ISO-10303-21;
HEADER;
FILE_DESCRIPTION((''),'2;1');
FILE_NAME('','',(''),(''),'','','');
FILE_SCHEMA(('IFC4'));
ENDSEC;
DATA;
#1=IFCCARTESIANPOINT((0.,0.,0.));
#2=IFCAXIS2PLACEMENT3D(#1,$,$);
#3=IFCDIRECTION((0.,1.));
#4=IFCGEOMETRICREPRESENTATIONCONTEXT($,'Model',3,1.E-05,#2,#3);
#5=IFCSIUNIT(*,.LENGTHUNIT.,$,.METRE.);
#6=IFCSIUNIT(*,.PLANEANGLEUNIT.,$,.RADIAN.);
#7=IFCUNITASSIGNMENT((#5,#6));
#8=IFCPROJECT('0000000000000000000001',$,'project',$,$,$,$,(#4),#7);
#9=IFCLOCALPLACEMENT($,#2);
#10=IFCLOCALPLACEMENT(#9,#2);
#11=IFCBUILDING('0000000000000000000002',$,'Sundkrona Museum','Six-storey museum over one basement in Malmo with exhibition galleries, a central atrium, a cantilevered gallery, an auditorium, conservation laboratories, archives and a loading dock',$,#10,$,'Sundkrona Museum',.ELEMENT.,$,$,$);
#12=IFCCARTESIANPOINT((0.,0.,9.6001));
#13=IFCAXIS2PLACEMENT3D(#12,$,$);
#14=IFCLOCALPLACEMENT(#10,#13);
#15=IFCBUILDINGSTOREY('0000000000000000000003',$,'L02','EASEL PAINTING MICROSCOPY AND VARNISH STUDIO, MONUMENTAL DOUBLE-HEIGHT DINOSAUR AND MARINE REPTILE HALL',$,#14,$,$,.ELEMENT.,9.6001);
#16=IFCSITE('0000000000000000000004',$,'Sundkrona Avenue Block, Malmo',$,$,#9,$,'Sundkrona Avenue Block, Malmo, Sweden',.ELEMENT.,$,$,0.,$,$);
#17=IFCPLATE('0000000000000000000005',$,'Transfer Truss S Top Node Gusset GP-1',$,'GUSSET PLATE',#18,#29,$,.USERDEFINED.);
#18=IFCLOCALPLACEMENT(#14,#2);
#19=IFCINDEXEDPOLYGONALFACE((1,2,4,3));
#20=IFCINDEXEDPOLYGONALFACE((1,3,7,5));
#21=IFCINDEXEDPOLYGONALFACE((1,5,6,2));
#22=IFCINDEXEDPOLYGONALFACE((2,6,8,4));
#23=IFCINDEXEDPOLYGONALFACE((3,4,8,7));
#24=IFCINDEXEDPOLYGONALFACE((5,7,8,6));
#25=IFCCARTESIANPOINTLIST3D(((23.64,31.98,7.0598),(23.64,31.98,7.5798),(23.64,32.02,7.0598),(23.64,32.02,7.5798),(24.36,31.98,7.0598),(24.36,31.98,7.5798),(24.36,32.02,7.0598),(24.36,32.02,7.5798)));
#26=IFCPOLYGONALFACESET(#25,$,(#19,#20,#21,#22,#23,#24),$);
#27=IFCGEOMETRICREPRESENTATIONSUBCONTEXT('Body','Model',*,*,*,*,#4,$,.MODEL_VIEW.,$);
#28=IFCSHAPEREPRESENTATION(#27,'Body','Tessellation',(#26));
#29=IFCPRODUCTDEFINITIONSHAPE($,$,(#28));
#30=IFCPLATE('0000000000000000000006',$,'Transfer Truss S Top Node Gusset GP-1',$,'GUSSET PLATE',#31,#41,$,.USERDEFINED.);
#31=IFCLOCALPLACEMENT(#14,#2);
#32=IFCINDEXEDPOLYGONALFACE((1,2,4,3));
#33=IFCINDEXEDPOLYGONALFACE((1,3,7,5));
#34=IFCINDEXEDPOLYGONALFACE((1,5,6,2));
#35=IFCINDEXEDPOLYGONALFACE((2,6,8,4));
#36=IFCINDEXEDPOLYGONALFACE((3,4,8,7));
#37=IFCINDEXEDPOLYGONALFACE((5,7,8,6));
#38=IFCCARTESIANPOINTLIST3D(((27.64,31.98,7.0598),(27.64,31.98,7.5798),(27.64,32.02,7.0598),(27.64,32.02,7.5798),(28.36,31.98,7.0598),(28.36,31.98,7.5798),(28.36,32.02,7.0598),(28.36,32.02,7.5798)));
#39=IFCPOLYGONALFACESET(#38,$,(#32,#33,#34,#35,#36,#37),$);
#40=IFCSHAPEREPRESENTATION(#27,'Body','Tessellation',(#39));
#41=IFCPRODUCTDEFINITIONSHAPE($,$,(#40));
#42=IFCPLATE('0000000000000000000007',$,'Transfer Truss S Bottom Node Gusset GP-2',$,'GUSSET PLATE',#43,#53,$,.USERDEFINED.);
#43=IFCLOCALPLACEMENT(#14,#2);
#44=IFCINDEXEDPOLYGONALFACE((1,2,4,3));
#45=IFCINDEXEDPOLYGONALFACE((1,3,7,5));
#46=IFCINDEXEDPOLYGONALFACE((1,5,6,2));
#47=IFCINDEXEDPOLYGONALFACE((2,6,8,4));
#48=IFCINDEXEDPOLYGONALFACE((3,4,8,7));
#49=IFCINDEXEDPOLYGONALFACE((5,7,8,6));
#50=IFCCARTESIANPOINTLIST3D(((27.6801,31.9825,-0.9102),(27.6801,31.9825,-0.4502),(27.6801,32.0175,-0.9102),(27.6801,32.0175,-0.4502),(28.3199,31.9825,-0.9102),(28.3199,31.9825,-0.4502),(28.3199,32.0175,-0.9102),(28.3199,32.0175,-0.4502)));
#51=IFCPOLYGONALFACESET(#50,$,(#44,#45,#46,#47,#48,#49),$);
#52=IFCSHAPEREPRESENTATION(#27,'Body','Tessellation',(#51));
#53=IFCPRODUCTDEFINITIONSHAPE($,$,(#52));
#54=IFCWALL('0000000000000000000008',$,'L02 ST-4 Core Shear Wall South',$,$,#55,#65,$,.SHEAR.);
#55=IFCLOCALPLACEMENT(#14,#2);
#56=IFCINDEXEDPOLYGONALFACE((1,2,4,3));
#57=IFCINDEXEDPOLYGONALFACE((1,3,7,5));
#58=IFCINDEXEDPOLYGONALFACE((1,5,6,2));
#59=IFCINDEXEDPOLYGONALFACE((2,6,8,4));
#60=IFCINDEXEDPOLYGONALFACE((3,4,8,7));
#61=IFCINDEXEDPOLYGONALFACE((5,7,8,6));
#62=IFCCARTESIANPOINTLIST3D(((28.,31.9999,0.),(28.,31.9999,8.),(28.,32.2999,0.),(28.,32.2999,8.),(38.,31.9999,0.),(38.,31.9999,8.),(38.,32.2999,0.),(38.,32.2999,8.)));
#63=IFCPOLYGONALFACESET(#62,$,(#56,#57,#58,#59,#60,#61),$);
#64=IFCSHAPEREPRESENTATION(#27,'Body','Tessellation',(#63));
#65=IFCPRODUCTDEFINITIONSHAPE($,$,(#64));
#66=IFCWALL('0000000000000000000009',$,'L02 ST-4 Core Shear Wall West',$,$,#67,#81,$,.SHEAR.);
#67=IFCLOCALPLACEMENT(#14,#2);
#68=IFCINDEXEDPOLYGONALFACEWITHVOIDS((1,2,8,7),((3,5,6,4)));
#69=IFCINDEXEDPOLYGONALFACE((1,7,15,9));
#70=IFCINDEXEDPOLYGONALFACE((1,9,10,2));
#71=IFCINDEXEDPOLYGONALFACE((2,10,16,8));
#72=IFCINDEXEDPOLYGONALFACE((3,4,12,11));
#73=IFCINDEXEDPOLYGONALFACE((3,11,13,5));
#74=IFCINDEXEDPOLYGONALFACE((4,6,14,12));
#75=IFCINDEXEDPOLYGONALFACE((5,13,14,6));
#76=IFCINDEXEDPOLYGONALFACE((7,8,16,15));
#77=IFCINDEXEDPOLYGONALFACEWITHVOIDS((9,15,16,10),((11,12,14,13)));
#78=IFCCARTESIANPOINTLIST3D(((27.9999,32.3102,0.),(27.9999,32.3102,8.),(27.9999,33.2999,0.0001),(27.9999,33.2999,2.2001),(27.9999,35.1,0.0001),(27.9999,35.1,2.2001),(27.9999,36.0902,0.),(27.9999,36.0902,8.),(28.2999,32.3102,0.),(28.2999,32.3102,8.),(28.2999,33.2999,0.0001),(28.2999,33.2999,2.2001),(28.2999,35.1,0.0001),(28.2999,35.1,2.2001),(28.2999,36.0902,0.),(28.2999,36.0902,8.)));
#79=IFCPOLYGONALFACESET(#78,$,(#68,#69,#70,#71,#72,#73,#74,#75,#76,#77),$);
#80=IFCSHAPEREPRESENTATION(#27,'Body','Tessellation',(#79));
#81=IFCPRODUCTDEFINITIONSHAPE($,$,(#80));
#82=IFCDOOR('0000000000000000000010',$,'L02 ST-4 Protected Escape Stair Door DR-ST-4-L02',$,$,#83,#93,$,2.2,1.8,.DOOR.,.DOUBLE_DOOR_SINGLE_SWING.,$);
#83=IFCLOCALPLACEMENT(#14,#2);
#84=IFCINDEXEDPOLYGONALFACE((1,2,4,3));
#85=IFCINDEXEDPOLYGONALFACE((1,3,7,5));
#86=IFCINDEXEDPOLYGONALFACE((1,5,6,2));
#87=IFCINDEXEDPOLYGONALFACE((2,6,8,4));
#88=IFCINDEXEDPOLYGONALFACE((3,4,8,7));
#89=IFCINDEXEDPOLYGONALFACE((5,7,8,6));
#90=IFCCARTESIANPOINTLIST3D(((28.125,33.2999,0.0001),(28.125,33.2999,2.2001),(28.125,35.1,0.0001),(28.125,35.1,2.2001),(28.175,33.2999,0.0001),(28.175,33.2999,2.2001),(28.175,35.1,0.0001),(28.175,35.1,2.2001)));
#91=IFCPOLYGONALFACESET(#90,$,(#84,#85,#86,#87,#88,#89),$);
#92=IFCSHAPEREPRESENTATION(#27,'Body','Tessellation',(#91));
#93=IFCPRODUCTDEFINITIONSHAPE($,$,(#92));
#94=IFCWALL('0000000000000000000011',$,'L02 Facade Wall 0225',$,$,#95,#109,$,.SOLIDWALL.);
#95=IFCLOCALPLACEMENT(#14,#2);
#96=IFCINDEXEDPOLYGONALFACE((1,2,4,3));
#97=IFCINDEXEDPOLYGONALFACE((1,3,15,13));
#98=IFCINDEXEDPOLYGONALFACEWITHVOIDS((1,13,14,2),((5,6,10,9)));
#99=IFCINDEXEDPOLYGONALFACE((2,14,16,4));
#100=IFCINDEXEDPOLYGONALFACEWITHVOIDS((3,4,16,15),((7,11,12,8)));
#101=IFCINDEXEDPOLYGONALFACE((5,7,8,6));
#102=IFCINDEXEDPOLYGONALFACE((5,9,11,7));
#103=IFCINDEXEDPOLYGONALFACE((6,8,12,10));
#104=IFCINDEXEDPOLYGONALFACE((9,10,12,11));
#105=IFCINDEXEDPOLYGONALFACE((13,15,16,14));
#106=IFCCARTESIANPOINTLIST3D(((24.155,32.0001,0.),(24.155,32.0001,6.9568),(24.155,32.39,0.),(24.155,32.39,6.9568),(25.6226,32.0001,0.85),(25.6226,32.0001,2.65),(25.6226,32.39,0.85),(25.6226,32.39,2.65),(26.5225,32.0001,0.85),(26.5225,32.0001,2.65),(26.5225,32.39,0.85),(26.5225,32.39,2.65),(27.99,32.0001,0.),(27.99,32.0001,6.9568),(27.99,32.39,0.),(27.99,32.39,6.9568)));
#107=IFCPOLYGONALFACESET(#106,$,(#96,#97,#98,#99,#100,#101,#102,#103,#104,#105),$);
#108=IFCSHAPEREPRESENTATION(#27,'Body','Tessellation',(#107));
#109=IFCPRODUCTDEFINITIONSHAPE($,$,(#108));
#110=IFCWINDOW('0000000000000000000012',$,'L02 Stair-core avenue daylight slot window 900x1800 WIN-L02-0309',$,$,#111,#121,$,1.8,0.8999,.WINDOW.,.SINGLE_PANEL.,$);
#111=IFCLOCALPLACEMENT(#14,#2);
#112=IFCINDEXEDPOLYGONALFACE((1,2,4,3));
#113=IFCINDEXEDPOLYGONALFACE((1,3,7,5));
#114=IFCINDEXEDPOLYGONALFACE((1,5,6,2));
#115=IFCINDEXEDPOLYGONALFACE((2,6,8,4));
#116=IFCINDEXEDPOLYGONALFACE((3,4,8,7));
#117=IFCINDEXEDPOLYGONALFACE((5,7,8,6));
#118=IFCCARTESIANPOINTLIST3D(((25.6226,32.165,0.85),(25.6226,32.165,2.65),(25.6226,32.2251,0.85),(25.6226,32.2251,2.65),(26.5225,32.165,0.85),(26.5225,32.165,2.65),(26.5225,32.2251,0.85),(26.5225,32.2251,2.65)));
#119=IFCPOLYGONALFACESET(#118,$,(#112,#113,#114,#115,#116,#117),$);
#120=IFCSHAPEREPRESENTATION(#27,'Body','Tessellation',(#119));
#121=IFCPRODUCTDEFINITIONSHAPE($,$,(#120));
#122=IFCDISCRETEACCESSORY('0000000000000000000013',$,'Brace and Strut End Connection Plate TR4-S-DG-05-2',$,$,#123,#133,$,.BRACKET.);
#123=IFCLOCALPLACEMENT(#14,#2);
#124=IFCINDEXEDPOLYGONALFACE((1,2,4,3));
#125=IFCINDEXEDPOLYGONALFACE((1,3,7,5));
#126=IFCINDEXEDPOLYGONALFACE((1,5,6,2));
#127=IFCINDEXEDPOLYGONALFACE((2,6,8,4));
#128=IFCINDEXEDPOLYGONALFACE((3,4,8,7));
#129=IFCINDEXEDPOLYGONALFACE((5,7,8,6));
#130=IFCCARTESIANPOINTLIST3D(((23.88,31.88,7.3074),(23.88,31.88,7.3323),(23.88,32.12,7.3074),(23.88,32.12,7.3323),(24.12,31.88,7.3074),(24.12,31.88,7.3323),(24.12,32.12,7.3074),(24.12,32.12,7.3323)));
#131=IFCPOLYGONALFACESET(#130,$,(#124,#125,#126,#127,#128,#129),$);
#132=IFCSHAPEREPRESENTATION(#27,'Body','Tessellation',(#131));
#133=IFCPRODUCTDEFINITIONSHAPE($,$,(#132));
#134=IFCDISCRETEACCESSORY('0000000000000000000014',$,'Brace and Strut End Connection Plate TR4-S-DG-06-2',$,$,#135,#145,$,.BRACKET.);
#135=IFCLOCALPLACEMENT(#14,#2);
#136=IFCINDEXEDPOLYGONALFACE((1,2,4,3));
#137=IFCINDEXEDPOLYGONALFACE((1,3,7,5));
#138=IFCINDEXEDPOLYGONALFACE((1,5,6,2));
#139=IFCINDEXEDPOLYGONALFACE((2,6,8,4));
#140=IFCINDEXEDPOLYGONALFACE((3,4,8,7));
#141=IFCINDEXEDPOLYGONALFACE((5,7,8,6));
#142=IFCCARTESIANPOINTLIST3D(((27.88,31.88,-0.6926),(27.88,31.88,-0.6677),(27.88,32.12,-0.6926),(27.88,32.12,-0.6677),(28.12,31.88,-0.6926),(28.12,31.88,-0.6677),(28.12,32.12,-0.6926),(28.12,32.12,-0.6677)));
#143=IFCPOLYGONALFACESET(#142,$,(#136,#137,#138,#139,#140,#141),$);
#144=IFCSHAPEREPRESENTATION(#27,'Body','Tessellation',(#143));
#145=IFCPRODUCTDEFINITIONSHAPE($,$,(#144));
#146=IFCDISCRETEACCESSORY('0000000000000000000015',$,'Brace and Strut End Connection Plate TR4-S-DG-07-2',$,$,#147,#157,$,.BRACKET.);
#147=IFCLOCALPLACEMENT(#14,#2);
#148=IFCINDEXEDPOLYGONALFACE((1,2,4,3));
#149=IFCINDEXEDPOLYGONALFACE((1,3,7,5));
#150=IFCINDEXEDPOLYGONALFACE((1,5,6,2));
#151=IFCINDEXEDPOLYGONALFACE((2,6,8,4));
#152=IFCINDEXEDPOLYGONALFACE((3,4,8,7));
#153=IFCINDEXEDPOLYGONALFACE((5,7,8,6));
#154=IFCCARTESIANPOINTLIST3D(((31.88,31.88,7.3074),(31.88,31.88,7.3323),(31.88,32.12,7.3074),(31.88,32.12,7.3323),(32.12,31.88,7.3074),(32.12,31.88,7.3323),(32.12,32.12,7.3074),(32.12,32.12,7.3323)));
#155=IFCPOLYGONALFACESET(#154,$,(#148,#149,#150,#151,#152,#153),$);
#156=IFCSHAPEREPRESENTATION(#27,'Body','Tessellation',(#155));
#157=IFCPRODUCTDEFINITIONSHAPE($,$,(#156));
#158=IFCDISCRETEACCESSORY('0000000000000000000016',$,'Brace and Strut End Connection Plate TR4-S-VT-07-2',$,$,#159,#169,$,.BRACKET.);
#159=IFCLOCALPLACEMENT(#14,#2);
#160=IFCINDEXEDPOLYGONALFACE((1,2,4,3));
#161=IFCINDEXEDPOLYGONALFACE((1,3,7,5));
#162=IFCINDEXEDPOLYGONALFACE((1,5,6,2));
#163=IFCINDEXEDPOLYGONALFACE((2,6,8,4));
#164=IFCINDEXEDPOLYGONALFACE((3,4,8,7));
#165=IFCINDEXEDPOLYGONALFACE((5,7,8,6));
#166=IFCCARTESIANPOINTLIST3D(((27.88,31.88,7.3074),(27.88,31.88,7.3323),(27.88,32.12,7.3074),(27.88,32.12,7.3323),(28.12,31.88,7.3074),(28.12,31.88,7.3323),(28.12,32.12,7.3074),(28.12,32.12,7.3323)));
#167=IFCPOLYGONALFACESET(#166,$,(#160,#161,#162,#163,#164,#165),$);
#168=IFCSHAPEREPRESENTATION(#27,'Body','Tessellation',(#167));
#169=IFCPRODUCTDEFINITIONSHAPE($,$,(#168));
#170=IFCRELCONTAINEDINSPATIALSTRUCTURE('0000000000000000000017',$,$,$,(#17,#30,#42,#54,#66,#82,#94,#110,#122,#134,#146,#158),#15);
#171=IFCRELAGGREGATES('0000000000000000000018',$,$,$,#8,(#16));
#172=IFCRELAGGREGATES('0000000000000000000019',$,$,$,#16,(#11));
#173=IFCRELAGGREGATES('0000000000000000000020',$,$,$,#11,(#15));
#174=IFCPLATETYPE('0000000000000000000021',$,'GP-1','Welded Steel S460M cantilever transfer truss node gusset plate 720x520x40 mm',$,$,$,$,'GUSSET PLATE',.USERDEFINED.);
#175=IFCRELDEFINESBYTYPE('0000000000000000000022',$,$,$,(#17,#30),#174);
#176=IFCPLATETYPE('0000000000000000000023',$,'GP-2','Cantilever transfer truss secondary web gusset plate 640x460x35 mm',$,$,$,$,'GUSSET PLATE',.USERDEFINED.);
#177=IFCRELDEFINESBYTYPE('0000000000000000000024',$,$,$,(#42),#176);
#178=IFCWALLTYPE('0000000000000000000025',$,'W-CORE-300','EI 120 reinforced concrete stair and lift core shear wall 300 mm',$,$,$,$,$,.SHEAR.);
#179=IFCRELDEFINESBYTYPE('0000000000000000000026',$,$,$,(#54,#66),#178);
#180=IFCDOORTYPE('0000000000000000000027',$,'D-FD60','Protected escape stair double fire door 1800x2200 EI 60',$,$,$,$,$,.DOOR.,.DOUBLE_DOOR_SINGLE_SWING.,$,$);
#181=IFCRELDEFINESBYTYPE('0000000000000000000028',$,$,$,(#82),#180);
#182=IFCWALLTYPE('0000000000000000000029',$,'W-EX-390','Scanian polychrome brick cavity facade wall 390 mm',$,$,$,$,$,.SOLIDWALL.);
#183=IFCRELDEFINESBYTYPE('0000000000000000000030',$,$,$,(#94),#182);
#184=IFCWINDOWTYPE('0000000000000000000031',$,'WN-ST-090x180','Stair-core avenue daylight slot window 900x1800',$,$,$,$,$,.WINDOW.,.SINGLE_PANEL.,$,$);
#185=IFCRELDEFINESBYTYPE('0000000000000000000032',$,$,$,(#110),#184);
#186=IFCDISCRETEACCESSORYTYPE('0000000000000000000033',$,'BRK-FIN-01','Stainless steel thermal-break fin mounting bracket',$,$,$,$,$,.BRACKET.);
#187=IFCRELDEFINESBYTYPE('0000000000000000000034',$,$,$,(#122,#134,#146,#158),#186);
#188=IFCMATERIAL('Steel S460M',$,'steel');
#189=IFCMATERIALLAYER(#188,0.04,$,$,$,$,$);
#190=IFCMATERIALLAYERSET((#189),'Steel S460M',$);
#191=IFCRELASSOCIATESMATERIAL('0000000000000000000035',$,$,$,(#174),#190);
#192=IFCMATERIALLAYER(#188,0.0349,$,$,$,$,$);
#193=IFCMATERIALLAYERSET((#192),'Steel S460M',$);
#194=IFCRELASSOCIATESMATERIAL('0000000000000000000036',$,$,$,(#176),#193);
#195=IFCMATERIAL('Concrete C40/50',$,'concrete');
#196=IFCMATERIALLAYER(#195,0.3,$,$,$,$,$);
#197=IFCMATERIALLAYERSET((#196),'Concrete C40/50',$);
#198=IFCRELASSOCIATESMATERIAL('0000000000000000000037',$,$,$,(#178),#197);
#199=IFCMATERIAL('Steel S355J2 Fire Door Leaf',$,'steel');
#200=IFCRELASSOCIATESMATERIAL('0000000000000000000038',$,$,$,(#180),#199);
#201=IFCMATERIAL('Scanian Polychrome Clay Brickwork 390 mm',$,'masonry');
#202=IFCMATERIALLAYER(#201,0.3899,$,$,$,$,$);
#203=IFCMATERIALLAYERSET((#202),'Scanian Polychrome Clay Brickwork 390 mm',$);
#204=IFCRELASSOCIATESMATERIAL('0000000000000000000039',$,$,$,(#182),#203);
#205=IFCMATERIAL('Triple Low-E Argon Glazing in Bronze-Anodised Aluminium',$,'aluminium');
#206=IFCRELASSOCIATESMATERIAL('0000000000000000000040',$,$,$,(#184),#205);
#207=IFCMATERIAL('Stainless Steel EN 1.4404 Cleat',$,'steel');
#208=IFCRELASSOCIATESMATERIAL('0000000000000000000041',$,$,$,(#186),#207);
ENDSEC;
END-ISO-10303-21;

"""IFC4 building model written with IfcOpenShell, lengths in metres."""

from ifc_helpers import new_model, si_unit, direction, frame, frame_2d, origin, origin_2d, place, context, subcontext, project, spatial, rectangle, extrude, material, layer, layer_set, type_object, element, fill, save


model = new_model("IFC4")

# Units and contexts
model_context = context("Model", 3, precision=1e-05, world=origin(), true_north=direction((0.0, 1.0)))
body_context = subcontext(model_context, "Body", "Model", "MODEL_VIEW")
ifc_project = project(units=[si_unit("LENGTHUNIT", "METRE"), si_unit("PLANEANGLEUNIT", "RADIAN")], contexts=[model_context])

# Site, building, storey
site_placement = place(None, origin())
site = spatial("IfcSite", under=ifc_project, at=site_placement, Name="Sundkrona Avenue Block, Malmo", LongName="Sundkrona Avenue Block, Malmo, Sweden", CompositionType="ELEMENT", RefElevation=0.0)
building_placement = place(site_placement, origin())
building = spatial("IfcBuilding", under=site, at=building_placement, Name="Sundkrona Museum", Description="Six-storey museum over one basement in Malmo with exhibition galleries, a central atrium, a cantilevered gallery, an auditorium, conservation laboratories, archives and a loading dock", LongName="Sundkrona Museum", CompositionType="ELEMENT")
storey_placement = place(building_placement, frame((0.0, 0.0, 9.6001)))
storey = spatial("IfcBuildingStorey", under=building, at=storey_placement, Name="L02", Description="EASEL PAINTING MICROSCOPY AND VARNISH STUDIO, MONUMENTAL DOUBLE-HEIGHT DINOSAUR AND MARINE REPTILE HALL", CompositionType="ELEMENT", Elevation=9.6001)

# Shared definitions
ifc_material_1 = material(Name="Steel S460M", Category="steel")

# Plates
ifc_layer_1 = layer(ifc_material_1, 0.04)
ifc_layer_set_1 = layer_set([ifc_layer_1], Name="Steel S460M")
plate_type_1 = type_object("IfcPlateType", Name="GP-1", Description="Welded Steel S460M cantilever transfer truss node gusset plate 720x520x40 mm", ElementType="GUSSET PLATE", PredefinedType="USERDEFINED", material=ifc_layer_set_1)
for number, where, z_axis, x_axis, name in (
    (1, (24.0, 32.0, 7.0598), (0.0, 0.0, 1.0), (1.0, 0.0, 0.0), "Transfer Truss S Top Node Gusset GP-1"),
    (2, (28.0, 32.0, 7.0598), (0.0, 0.0, 1.0), (1.0, 0.0, 0.0), "Transfer Truss S Top Node Gusset GP-1"),
):
    element("IfcPlate", number, at=place(storey_placement, frame(where, z_axis=z_axis, x_axis=x_axis)), inside=storey, type_object=plate_type_1, Name=name, ObjectType="GUSSET PLATE", PredefinedType="USERDEFINED", context=body_context, shape_type="SweptSolid", body=[
        extrude(rectangle(XDim=0.72, YDim=0.04, at=origin_2d()), origin(), (0.0, 0.0, 1.0), 0.52),
    ])
ifc_layer_2 = layer(ifc_material_1, 0.0349)
ifc_layer_set_2 = layer_set([ifc_layer_2], Name="Steel S460M")
plate_type_2 = type_object("IfcPlateType", Name="GP-2", Description="Cantilever transfer truss secondary web gusset plate 640x460x35 mm", ElementType="GUSSET PLATE", PredefinedType="USERDEFINED", material=ifc_layer_set_2)
plate_placement = place(storey_placement, frame((28.0, 32.0, -0.9102), z_axis=(0.0, 0.0, 1.0), x_axis=(1.0, 0.0, 0.0)))
element("IfcPlate", 3, at=plate_placement, inside=storey, type_object=plate_type_2, Name="Transfer Truss S Bottom Node Gusset GP-2", ObjectType="GUSSET PLATE", PredefinedType="USERDEFINED", context=body_context, shape_type="SweptSolid", body=[
    extrude(rectangle(XDim=0.6399, YDim=0.0349, at=origin_2d()), origin(), (0.0, 0.0, 1.0), 0.46),
])

# Wall
ifc_material_2 = material(Name="Concrete C40/50", Category="concrete")
ifc_layer_3 = layer(ifc_material_2, 0.3)
ifc_layer_set_3 = layer_set([ifc_layer_3], Name="Concrete C40/50")
wall_type_1 = type_object("IfcWallType", Name="W-CORE-300", Description="EI 120 reinforced concrete stair and lift core shear wall 300 mm", PredefinedType="SHEAR", material=ifc_layer_set_3)
wall_1_placement = place(storey_placement, frame((28.0, 32.1499, 0.0), z_axis=(0.0, 0.0, 1.0), x_axis=(1.0, 0.0, 0.0)))
element("IfcWall", 4, at=wall_1_placement, inside=storey, type_object=wall_type_1, Name="L02 ST-4 Core Shear Wall South", PredefinedType="SHEAR", context=body_context, shape_type="SweptSolid", body=[
    extrude(rectangle(XDim=10.0, YDim=0.3, at=frame_2d((5.0, 0.0))), origin(), (0.0, 0.0, 1.0), 8.0),
])

# Wall, opening, door
wall_2_placement = place(storey_placement, frame((28.1499, 32.3101, 0.0), z_axis=(0.0, 0.0, 1.0), x_axis=(0.0, 1.0, 0.0)))
wall_2 = element("IfcWall", 5, at=wall_2_placement, inside=storey, type_object=wall_type_1, Name="L02 ST-4 Core Shear Wall West", PredefinedType="SHEAR", context=body_context, shape_type="SweptSolid", body=[
    extrude(rectangle(XDim=3.78, YDim=0.3, at=frame_2d((1.8901, 0.0))), origin(), (0.0, 0.0, 1.0), 8.0),
])
opening_1_placement = place(wall_2_placement, frame((0.99, 0.0, 0.0)))
opening_1 = element("IfcOpeningElement", 6, at=opening_1_placement, cuts=wall_2, PredefinedType="OPENING", context=body_context, shape_type="SweptSolid", body=[
    extrude(rectangle(XDim=1.8, YDim=2.2, at=frame_2d((0.8999, 1.1001))), frame((0.0, 0.1599, 0.0), z_axis=(0.0, -1.0, 0.0), x_axis=(1.0, 0.0, 0.0)), (0.0, 0.0, 1.0), 0.3201),
])
ifc_material_3 = material(Name="Steel S355J2 Fire Door Leaf", Category="steel")
door_type = type_object("IfcDoorType", Name="D-FD60", Description="Protected escape stair double fire door 1800x2200 EI 60", OperationType="DOUBLE_DOOR_SINGLE_SWING", PredefinedType="DOOR", material=ifc_material_3)
door_placement = place(opening_1_placement, origin())
door = element("IfcDoor", 7, at=door_placement, inside=storey, type_object=door_type, Name="L02 ST-4 Protected Escape Stair Door DR-ST-4-L02", OperationType="DOUBLE_DOOR_SINGLE_SWING", OverallHeight=2.2, OverallWidth=1.8, PredefinedType="DOOR", context=body_context, shape_type="SweptSolid", body=[
    extrude(rectangle(XDim=1.8, YDim=2.2, at=frame_2d((0.8999, 1.1001))), frame((0.0, 0.0249, 0.0), z_axis=(0.0, -1.0, 0.0), x_axis=(1.0, 0.0, 0.0)), (0.0, 0.0, 1.0), 0.05),
])
fill(opening_1, door)

# Wall, opening, window
ifc_material_4 = material(Name="Scanian Polychrome Clay Brickwork 390 mm", Category="masonry")
ifc_layer_4 = layer(ifc_material_4, 0.3899)
ifc_layer_set_4 = layer_set([ifc_layer_4], Name="Scanian Polychrome Clay Brickwork 390 mm")
wall_type_2 = type_object("IfcWallType", Name="W-EX-390", Description="Scanian polychrome brick cavity facade wall 390 mm", PredefinedType="SOLIDWALL", material=ifc_layer_set_4)
wall_3_placement = place(storey_placement, frame((27.99, 32.1951, 0.0), z_axis=(0.0, 0.0, 1.0), x_axis=(-1.0, 0.0, 0.0)))
wall_3 = element("IfcWall", 8, at=wall_3_placement, inside=storey, type_object=wall_type_2, Name="L02 Facade Wall 0225", PredefinedType="SOLIDWALL", context=body_context, shape_type="SweptSolid", body=[
    extrude(rectangle(XDim=3.835, YDim=0.3899, at=frame_2d((1.9175, 0.0))), origin(), (0.0, 0.0, 1.0), 6.9568),
])
opening_2_placement = place(wall_3_placement, frame((1.4675, 0.0, 0.8501)))
opening_2 = element("IfcOpeningElement", 9, at=opening_2_placement, cuts=wall_3, PredefinedType="OPENING", context=body_context, shape_type="SweptSolid", body=[
    extrude(rectangle(XDim=0.8999, YDim=1.8, at=frame_2d((0.45, 0.8999))), frame((0.0, 0.2048, 0.0), z_axis=(0.0, -1.0, 0.0), x_axis=(1.0, 0.0, 0.0)), (0.0, 0.0, 1.0), 0.4099),
])
ifc_material_5 = material(Name="Triple Low-E Argon Glazing in Bronze-Anodised Aluminium", Category="aluminium")
window_type = type_object("IfcWindowType", Name="WN-ST-090x180", Description="Stair-core avenue daylight slot window 900x1800", PartitioningType="SINGLE_PANEL", PredefinedType="WINDOW", material=ifc_material_5)
window_placement = place(opening_2_placement, origin())
window = element("IfcWindow", 10, at=window_placement, inside=storey, type_object=window_type, Name="L02 Stair-core avenue daylight slot window 900x1800 WIN-L02-0309", OverallHeight=1.8, OverallWidth=0.8999, PartitioningType="SINGLE_PANEL", PredefinedType="WINDOW", context=body_context, shape_type="SweptSolid", body=[
    extrude(rectangle(XDim=0.8999, YDim=1.8, at=frame_2d((0.45, 0.8999))), frame((0.0, 0.03, 0.0), z_axis=(0.0, -1.0, 0.0), x_axis=(1.0, 0.0, 0.0)), (0.0, 0.0, 1.0), 0.0601),
])
fill(opening_2, window)

# Discrete accessories
ifc_material_6 = material(Name="Stainless Steel EN 1.4404 Cleat", Category="steel")
discrete_accessory_type = type_object("IfcDiscreteAccessoryType", Name="BRK-FIN-01", Description="Stainless steel thermal-break fin mounting bracket", PredefinedType="BRACKET", material=ifc_material_6)
for number, where, z_axis, x_axis, name in (
    (11, (24.0, 32.0, 7.3074), (0.0, 0.0, 1.0), (1.0, 0.0, 0.0), "Brace and Strut End Connection Plate TR4-S-DG-05-2"),
    (12, (28.0, 32.0, -0.6926), (0.0, 0.0, 1.0), (1.0, 0.0, 0.0), "Brace and Strut End Connection Plate TR4-S-DG-06-2"),
    (13, (32.0, 32.0, 7.3074), (0.0, 0.0, 1.0), (1.0, 0.0, 0.0), "Brace and Strut End Connection Plate TR4-S-DG-07-2"),
    (14, (28.0, 32.0, 7.3074), (0.0, 0.0, 1.0), (1.0, 0.0, 0.0), "Brace and Strut End Connection Plate TR4-S-VT-07-2"),
):
    element("IfcDiscreteAccessory", number, at=place(storey_placement, frame(where, z_axis=z_axis, x_axis=x_axis)), inside=storey, type_object=discrete_accessory_type, Name=name, PredefinedType="BRACKET", context=body_context, shape_type="SweptSolid", body=[
        extrude(rectangle(XDim=0.24, YDim=0.24, at=origin_2d()), origin(), (0.0, 0.0, 1.0), 0.0249),
    ])

save(model, "model.ifc")
